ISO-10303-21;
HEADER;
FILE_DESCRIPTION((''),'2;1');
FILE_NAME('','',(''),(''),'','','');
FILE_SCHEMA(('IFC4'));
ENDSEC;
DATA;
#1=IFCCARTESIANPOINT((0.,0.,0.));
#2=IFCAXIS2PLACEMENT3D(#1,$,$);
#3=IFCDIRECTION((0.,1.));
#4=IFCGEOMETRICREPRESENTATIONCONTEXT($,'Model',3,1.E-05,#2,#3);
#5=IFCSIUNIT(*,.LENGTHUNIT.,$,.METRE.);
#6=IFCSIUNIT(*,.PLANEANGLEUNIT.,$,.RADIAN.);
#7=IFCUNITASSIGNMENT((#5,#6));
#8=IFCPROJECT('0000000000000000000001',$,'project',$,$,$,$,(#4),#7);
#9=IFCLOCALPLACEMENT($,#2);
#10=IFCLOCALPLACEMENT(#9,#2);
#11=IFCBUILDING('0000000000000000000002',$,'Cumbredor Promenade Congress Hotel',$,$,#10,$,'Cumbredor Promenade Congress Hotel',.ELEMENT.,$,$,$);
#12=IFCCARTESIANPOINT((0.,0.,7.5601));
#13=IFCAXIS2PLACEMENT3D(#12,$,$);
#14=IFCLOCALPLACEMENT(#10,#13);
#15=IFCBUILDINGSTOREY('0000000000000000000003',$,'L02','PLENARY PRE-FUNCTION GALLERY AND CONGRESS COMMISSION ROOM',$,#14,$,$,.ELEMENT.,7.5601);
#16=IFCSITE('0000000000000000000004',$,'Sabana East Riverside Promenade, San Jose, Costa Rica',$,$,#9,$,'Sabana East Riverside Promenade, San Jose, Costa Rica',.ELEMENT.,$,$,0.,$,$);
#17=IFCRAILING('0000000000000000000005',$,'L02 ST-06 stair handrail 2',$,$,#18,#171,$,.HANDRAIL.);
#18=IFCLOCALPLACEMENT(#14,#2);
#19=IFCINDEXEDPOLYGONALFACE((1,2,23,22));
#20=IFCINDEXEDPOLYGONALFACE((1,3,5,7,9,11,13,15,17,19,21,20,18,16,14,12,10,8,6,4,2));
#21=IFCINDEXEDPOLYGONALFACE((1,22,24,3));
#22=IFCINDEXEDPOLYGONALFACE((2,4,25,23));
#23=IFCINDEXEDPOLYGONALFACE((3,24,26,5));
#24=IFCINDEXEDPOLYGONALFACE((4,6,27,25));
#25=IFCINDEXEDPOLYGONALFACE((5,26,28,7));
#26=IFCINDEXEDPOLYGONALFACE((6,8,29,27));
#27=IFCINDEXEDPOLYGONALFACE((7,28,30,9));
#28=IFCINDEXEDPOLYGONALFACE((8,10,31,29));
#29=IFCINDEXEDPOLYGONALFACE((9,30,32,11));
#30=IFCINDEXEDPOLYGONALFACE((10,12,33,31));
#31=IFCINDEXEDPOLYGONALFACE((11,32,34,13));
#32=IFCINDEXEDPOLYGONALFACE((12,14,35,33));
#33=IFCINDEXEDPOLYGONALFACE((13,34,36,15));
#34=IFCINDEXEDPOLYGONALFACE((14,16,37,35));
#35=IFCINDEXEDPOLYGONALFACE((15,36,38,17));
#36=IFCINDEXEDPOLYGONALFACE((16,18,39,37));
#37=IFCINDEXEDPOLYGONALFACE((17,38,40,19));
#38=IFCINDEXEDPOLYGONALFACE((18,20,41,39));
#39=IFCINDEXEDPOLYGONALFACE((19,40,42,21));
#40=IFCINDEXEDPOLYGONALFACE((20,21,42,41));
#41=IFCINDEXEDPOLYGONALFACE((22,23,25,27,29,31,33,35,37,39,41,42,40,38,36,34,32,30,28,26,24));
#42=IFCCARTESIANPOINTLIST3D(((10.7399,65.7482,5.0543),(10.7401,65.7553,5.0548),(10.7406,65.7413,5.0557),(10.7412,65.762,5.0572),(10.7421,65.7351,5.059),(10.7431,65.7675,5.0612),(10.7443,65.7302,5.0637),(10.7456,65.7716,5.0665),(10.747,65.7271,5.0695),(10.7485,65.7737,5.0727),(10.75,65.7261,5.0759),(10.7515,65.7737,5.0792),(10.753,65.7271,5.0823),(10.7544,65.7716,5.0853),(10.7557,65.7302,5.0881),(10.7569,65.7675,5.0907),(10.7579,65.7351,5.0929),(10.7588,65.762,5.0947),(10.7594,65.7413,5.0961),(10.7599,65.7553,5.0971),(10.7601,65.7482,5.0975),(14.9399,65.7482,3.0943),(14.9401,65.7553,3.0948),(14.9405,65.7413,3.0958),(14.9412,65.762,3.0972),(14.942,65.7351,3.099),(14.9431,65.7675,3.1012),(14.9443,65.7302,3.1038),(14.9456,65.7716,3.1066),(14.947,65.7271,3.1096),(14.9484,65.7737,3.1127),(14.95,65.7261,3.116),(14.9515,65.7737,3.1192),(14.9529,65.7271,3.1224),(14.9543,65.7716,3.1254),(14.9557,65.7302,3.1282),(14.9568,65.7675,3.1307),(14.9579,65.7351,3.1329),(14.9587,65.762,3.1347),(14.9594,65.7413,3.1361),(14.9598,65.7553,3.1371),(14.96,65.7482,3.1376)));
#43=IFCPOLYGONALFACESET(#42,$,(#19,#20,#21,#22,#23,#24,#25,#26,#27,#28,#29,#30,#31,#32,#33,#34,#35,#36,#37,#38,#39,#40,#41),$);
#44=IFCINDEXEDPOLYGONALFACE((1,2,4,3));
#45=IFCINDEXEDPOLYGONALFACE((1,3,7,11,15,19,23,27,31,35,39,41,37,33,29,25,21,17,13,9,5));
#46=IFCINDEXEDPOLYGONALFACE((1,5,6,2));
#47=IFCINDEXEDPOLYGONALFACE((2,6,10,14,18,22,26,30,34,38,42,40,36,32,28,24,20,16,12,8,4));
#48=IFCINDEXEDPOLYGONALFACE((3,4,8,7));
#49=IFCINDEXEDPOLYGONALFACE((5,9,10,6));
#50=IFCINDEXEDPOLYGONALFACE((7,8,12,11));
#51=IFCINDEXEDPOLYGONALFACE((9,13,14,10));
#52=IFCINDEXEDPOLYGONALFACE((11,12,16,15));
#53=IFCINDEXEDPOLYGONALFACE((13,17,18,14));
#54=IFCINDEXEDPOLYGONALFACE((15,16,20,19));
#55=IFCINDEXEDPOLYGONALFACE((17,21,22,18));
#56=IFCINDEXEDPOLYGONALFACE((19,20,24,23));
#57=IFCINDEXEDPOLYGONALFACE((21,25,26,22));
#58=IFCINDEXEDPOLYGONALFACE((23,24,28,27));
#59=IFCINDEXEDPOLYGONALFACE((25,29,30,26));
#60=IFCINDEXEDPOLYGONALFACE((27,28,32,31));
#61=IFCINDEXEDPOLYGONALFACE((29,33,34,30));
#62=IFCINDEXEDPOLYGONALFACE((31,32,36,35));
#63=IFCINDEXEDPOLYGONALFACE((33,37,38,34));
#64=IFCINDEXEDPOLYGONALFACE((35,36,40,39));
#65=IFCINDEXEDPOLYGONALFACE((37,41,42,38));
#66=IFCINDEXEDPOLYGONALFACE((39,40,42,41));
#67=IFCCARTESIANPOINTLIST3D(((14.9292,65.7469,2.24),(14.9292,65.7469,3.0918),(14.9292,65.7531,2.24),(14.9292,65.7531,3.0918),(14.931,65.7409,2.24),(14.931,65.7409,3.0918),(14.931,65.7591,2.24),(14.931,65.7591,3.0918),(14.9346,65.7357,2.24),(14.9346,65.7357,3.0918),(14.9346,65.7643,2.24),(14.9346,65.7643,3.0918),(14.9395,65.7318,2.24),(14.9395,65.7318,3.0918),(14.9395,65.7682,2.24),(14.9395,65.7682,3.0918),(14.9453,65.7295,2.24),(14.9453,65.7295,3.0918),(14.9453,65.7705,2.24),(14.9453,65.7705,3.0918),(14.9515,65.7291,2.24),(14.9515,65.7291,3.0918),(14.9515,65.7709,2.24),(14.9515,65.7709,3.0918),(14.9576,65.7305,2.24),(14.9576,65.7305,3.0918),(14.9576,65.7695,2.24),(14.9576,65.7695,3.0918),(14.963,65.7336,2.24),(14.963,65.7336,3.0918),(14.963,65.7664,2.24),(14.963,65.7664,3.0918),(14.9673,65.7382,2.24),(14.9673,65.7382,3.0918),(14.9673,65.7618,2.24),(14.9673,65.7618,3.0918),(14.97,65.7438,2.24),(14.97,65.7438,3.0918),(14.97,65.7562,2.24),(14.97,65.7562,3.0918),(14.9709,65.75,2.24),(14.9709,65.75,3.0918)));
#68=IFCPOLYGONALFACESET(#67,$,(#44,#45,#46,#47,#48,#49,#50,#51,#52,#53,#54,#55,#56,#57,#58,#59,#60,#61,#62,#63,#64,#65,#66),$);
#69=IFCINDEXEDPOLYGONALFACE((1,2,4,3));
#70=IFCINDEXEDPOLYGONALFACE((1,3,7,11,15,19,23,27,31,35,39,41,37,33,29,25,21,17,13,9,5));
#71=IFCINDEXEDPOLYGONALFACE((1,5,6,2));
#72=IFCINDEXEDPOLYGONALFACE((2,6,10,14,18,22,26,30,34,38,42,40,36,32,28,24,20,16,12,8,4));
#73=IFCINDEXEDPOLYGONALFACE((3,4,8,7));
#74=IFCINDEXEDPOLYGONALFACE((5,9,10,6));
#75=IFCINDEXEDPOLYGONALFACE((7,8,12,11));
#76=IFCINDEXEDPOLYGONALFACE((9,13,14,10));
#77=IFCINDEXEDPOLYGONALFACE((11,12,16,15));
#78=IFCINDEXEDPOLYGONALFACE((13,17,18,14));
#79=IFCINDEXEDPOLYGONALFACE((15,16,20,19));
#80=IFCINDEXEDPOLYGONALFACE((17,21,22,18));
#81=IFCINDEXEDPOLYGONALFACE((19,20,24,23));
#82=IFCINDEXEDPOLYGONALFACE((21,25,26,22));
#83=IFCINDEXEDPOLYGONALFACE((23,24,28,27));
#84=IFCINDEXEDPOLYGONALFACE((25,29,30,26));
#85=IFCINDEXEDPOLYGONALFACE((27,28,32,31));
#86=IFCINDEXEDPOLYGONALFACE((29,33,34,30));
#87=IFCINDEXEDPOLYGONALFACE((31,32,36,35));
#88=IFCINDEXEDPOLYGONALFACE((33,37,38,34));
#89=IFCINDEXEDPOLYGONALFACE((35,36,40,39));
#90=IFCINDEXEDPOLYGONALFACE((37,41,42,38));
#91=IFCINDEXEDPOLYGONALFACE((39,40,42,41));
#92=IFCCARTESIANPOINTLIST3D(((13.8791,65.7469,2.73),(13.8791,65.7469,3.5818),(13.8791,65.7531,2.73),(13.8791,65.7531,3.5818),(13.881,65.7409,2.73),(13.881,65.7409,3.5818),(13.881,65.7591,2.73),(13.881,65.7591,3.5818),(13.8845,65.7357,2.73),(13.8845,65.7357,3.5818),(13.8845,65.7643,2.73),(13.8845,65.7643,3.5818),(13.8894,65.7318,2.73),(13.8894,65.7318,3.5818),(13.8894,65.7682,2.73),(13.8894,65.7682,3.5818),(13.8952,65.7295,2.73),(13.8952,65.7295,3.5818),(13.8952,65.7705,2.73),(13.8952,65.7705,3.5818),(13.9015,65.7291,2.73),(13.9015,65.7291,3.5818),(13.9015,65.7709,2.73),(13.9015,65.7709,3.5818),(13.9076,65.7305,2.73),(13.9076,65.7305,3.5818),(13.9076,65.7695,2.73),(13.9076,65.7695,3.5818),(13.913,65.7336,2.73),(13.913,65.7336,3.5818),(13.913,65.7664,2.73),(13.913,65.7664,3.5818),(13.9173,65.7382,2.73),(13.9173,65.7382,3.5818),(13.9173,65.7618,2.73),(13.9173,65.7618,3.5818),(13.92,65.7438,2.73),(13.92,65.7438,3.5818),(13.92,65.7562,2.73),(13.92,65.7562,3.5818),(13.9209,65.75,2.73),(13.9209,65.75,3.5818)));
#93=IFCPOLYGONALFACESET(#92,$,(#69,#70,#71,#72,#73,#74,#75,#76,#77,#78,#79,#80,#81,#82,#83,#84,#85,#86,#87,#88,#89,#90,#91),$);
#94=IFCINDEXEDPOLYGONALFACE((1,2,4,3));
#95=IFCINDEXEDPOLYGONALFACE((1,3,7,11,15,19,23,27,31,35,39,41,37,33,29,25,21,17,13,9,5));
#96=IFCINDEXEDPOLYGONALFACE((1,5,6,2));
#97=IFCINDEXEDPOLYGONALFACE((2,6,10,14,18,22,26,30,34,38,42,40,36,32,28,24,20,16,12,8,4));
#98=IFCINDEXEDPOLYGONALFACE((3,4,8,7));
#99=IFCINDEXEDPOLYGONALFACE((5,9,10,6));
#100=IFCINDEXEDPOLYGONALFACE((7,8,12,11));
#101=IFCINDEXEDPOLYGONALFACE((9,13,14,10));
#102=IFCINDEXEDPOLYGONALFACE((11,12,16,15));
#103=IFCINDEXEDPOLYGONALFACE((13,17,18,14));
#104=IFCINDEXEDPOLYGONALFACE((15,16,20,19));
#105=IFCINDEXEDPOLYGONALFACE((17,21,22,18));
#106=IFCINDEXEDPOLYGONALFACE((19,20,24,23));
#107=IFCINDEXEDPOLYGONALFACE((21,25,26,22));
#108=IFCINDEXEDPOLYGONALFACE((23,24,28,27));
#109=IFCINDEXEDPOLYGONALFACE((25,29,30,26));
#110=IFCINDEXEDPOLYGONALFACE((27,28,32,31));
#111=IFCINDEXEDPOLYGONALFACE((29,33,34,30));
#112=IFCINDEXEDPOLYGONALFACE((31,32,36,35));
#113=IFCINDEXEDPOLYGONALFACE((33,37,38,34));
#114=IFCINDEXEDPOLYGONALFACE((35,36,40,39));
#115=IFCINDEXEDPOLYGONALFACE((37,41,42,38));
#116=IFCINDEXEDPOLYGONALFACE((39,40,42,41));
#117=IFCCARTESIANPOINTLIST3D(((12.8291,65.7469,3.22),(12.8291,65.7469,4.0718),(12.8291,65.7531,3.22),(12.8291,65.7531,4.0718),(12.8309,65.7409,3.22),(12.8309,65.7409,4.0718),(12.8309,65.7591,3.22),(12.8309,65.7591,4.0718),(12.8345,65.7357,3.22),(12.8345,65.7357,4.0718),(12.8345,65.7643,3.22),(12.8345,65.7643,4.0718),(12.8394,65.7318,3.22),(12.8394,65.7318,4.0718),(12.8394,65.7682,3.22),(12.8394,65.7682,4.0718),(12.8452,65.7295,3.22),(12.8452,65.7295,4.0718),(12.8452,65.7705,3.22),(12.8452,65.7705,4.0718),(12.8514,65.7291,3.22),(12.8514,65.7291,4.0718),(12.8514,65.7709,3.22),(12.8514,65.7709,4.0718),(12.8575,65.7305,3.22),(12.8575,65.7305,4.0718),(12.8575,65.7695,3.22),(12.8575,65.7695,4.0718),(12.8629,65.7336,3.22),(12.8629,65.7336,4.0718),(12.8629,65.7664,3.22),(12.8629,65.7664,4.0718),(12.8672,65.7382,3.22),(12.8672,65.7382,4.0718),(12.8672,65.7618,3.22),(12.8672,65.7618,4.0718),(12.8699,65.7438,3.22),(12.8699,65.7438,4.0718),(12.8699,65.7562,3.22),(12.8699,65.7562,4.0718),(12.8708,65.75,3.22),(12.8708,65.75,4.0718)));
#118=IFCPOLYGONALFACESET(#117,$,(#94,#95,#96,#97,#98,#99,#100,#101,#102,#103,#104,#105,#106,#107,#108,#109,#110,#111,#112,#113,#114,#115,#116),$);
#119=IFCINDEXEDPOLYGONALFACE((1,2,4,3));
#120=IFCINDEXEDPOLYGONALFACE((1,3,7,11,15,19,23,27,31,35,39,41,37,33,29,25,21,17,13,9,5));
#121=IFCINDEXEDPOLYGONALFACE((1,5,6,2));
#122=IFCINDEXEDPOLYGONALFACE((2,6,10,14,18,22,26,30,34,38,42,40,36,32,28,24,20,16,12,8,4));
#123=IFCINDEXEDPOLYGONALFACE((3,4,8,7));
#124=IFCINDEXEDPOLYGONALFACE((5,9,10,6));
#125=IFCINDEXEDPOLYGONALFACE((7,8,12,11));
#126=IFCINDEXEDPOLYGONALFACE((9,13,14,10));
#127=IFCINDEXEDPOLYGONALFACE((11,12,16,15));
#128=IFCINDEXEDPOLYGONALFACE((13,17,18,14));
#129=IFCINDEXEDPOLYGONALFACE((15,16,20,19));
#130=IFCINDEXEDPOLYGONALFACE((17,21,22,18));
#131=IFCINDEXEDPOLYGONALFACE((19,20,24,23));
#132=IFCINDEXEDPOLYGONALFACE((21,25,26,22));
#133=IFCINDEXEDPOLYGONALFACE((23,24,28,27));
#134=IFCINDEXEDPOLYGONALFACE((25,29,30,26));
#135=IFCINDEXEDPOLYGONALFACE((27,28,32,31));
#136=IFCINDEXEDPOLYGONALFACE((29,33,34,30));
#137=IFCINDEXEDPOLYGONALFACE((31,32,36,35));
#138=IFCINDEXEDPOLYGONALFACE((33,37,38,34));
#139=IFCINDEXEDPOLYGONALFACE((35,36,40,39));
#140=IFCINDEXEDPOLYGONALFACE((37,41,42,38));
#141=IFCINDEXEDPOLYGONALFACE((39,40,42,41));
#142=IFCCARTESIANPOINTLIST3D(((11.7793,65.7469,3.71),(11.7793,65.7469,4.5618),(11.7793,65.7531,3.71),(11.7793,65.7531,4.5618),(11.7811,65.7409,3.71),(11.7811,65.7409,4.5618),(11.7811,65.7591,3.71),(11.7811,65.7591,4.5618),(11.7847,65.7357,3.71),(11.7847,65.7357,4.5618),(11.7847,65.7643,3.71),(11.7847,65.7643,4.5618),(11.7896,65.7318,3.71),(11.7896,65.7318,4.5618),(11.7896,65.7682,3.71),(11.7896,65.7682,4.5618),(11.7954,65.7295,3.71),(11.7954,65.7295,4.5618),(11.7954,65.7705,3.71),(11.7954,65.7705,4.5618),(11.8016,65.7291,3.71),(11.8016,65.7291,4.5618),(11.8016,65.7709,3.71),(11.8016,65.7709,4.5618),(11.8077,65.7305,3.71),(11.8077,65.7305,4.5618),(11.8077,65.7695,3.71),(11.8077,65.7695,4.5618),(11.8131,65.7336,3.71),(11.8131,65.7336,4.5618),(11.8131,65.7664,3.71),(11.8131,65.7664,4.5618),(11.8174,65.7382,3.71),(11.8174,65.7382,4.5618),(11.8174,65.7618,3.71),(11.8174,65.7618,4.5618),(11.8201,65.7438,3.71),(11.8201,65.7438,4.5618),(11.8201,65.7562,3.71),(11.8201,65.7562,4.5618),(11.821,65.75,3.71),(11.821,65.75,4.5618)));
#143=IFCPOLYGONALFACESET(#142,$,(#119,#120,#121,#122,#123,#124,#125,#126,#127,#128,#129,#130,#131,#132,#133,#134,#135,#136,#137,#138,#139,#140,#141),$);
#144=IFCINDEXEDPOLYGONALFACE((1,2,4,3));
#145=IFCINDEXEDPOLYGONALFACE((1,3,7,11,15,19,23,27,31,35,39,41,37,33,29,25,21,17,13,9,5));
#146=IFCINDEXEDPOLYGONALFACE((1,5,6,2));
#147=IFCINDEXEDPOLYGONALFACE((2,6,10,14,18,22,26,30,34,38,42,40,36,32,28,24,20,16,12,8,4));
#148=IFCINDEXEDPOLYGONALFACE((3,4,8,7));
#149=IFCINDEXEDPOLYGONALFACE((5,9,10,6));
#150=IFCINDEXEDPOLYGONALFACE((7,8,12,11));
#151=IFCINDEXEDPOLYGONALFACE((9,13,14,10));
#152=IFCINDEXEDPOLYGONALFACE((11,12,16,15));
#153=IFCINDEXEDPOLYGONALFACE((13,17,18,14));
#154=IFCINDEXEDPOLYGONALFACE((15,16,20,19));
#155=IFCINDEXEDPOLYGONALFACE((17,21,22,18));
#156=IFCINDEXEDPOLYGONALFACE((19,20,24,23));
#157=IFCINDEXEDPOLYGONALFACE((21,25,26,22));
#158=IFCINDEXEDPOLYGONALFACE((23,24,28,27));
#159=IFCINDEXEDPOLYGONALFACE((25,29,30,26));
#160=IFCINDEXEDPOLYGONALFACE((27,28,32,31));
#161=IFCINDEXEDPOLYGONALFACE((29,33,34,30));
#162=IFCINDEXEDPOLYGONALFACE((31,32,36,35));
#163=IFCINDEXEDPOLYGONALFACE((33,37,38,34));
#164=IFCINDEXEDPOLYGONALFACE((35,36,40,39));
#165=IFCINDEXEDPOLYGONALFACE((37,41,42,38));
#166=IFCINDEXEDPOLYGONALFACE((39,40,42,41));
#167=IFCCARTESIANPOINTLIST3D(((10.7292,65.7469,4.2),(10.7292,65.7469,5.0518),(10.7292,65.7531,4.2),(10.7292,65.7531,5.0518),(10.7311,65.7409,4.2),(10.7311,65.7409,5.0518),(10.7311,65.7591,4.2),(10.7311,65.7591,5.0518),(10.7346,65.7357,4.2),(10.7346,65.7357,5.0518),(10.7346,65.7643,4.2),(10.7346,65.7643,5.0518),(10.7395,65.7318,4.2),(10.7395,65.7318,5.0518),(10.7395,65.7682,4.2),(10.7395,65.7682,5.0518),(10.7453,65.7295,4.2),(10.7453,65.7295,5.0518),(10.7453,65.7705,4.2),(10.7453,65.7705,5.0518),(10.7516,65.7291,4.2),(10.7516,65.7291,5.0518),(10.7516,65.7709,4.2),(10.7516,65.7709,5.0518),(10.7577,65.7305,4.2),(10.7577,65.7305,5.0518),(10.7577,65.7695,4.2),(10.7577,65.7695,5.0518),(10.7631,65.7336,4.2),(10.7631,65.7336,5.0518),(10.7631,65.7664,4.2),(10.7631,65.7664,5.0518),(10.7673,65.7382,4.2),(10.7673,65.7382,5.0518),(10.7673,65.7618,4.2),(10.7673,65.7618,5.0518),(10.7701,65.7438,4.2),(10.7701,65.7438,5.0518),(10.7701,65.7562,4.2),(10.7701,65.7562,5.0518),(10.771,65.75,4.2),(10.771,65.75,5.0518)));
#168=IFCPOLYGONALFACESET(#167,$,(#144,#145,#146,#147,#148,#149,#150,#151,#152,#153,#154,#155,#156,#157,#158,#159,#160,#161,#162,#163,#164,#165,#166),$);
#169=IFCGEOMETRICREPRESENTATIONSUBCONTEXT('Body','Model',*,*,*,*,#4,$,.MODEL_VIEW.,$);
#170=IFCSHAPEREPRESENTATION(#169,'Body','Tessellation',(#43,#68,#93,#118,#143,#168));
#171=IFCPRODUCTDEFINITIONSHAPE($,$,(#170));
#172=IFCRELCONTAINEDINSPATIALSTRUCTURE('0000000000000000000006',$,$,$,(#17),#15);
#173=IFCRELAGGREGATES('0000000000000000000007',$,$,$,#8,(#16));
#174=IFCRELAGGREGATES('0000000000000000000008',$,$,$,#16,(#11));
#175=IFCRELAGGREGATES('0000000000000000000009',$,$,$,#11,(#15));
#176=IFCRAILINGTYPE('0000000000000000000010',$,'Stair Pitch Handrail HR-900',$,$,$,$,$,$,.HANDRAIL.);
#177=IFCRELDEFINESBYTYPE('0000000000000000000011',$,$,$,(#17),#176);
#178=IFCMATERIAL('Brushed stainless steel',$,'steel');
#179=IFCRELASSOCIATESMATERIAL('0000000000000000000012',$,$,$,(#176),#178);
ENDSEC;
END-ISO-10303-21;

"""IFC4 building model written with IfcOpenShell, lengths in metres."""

from ifc_helpers import new_model, si_unit, direction, frame, origin, origin_2d, place, context, subcontext, project, spatial, circle, extrude, material, type_object, element, save


model = new_model("IFC4")

# Units and contexts
model_context = context("Model", 3, precision=1e-05, world=origin(), true_north=direction((0.0, 1.0)))
body_context = subcontext(model_context, "Body", "Model", "MODEL_VIEW")
ifc_project = project(units=[si_unit("LENGTHUNIT", "METRE"), si_unit("PLANEANGLEUNIT", "RADIAN")], contexts=[model_context])

# Site, building, storey
site_placement = place(None, origin())
site = spatial("IfcSite", under=ifc_project, at=site_placement, Name="Sabana East Riverside Promenade, San Jose, Costa Rica", LongName="Sabana East Riverside Promenade, San Jose, Costa Rica", CompositionType="ELEMENT", RefElevation=0.0)
building_placement = place(site_placement, origin())
building = spatial("IfcBuilding", under=site, at=building_placement, Name="Cumbredor Promenade Congress Hotel", LongName="Cumbredor Promenade Congress Hotel", CompositionType="ELEMENT")
storey_placement = place(building_placement, frame((0.0, 0.0, 7.5601)))
storey = spatial("IfcBuildingStorey", under=building, at=storey_placement, Name="L02", Description="PLENARY PRE-FUNCTION GALLERY AND CONGRESS COMMISSION ROOM", CompositionType="ELEMENT", Elevation=7.5601)

# Shared definitions
ifc_material_1 = material(Name="Brushed stainless steel", Category="steel")

# Railing
railing_type_1 = type_object("IfcRailingType", Name="Stair Pitch Handrail HR-900", PredefinedType="HANDRAIL", material=ifc_material_1)
railing_1_placement = place(storey_placement, frame((14.95, 65.75, 2.24)))
element("IfcRailing", 1, at=railing_1_placement, inside=storey, type_object=railing_type_1, Name="L02 ST-06 stair handrail 2", PredefinedType="HANDRAIL", context=body_context, shape_type="SweptSolid", body=[
    extrude(circle(Radius=0.0239, at=origin_2d()), frame((0.0, 0.0, 0.876), z_axis=(-0.906184, 0.0, 0.422883), x_axis=(0.0, -1.0, 0.0)), (0.0, 0.0, 1.0), 4.6348),
    extrude(circle(Radius=0.021, at=origin_2d()), origin(), (0.0, 0.0, 1.0), 0.8518),
    extrude(circle(Radius=0.021, at=origin_2d()), frame((-1.05, 0.0, 0.49)), (0.0, 0.0, 1.0), 0.8518),
    extrude(circle(Radius=0.021, at=origin_2d()), frame((-2.1001, 0.0, 0.98)), (0.0, 0.0, 1.0), 0.8518),
    extrude(circle(Radius=0.021, at=origin_2d()), frame((-3.1499, 0.0, 1.47)), (0.0, 0.0, 1.0), 0.8518),
    extrude(circle(Radius=0.021, at=origin_2d()), frame((-4.2, 0.0, 1.96)), (0.0, 0.0, 1.0), 0.8518),
])

save(model, "model.ifc")
